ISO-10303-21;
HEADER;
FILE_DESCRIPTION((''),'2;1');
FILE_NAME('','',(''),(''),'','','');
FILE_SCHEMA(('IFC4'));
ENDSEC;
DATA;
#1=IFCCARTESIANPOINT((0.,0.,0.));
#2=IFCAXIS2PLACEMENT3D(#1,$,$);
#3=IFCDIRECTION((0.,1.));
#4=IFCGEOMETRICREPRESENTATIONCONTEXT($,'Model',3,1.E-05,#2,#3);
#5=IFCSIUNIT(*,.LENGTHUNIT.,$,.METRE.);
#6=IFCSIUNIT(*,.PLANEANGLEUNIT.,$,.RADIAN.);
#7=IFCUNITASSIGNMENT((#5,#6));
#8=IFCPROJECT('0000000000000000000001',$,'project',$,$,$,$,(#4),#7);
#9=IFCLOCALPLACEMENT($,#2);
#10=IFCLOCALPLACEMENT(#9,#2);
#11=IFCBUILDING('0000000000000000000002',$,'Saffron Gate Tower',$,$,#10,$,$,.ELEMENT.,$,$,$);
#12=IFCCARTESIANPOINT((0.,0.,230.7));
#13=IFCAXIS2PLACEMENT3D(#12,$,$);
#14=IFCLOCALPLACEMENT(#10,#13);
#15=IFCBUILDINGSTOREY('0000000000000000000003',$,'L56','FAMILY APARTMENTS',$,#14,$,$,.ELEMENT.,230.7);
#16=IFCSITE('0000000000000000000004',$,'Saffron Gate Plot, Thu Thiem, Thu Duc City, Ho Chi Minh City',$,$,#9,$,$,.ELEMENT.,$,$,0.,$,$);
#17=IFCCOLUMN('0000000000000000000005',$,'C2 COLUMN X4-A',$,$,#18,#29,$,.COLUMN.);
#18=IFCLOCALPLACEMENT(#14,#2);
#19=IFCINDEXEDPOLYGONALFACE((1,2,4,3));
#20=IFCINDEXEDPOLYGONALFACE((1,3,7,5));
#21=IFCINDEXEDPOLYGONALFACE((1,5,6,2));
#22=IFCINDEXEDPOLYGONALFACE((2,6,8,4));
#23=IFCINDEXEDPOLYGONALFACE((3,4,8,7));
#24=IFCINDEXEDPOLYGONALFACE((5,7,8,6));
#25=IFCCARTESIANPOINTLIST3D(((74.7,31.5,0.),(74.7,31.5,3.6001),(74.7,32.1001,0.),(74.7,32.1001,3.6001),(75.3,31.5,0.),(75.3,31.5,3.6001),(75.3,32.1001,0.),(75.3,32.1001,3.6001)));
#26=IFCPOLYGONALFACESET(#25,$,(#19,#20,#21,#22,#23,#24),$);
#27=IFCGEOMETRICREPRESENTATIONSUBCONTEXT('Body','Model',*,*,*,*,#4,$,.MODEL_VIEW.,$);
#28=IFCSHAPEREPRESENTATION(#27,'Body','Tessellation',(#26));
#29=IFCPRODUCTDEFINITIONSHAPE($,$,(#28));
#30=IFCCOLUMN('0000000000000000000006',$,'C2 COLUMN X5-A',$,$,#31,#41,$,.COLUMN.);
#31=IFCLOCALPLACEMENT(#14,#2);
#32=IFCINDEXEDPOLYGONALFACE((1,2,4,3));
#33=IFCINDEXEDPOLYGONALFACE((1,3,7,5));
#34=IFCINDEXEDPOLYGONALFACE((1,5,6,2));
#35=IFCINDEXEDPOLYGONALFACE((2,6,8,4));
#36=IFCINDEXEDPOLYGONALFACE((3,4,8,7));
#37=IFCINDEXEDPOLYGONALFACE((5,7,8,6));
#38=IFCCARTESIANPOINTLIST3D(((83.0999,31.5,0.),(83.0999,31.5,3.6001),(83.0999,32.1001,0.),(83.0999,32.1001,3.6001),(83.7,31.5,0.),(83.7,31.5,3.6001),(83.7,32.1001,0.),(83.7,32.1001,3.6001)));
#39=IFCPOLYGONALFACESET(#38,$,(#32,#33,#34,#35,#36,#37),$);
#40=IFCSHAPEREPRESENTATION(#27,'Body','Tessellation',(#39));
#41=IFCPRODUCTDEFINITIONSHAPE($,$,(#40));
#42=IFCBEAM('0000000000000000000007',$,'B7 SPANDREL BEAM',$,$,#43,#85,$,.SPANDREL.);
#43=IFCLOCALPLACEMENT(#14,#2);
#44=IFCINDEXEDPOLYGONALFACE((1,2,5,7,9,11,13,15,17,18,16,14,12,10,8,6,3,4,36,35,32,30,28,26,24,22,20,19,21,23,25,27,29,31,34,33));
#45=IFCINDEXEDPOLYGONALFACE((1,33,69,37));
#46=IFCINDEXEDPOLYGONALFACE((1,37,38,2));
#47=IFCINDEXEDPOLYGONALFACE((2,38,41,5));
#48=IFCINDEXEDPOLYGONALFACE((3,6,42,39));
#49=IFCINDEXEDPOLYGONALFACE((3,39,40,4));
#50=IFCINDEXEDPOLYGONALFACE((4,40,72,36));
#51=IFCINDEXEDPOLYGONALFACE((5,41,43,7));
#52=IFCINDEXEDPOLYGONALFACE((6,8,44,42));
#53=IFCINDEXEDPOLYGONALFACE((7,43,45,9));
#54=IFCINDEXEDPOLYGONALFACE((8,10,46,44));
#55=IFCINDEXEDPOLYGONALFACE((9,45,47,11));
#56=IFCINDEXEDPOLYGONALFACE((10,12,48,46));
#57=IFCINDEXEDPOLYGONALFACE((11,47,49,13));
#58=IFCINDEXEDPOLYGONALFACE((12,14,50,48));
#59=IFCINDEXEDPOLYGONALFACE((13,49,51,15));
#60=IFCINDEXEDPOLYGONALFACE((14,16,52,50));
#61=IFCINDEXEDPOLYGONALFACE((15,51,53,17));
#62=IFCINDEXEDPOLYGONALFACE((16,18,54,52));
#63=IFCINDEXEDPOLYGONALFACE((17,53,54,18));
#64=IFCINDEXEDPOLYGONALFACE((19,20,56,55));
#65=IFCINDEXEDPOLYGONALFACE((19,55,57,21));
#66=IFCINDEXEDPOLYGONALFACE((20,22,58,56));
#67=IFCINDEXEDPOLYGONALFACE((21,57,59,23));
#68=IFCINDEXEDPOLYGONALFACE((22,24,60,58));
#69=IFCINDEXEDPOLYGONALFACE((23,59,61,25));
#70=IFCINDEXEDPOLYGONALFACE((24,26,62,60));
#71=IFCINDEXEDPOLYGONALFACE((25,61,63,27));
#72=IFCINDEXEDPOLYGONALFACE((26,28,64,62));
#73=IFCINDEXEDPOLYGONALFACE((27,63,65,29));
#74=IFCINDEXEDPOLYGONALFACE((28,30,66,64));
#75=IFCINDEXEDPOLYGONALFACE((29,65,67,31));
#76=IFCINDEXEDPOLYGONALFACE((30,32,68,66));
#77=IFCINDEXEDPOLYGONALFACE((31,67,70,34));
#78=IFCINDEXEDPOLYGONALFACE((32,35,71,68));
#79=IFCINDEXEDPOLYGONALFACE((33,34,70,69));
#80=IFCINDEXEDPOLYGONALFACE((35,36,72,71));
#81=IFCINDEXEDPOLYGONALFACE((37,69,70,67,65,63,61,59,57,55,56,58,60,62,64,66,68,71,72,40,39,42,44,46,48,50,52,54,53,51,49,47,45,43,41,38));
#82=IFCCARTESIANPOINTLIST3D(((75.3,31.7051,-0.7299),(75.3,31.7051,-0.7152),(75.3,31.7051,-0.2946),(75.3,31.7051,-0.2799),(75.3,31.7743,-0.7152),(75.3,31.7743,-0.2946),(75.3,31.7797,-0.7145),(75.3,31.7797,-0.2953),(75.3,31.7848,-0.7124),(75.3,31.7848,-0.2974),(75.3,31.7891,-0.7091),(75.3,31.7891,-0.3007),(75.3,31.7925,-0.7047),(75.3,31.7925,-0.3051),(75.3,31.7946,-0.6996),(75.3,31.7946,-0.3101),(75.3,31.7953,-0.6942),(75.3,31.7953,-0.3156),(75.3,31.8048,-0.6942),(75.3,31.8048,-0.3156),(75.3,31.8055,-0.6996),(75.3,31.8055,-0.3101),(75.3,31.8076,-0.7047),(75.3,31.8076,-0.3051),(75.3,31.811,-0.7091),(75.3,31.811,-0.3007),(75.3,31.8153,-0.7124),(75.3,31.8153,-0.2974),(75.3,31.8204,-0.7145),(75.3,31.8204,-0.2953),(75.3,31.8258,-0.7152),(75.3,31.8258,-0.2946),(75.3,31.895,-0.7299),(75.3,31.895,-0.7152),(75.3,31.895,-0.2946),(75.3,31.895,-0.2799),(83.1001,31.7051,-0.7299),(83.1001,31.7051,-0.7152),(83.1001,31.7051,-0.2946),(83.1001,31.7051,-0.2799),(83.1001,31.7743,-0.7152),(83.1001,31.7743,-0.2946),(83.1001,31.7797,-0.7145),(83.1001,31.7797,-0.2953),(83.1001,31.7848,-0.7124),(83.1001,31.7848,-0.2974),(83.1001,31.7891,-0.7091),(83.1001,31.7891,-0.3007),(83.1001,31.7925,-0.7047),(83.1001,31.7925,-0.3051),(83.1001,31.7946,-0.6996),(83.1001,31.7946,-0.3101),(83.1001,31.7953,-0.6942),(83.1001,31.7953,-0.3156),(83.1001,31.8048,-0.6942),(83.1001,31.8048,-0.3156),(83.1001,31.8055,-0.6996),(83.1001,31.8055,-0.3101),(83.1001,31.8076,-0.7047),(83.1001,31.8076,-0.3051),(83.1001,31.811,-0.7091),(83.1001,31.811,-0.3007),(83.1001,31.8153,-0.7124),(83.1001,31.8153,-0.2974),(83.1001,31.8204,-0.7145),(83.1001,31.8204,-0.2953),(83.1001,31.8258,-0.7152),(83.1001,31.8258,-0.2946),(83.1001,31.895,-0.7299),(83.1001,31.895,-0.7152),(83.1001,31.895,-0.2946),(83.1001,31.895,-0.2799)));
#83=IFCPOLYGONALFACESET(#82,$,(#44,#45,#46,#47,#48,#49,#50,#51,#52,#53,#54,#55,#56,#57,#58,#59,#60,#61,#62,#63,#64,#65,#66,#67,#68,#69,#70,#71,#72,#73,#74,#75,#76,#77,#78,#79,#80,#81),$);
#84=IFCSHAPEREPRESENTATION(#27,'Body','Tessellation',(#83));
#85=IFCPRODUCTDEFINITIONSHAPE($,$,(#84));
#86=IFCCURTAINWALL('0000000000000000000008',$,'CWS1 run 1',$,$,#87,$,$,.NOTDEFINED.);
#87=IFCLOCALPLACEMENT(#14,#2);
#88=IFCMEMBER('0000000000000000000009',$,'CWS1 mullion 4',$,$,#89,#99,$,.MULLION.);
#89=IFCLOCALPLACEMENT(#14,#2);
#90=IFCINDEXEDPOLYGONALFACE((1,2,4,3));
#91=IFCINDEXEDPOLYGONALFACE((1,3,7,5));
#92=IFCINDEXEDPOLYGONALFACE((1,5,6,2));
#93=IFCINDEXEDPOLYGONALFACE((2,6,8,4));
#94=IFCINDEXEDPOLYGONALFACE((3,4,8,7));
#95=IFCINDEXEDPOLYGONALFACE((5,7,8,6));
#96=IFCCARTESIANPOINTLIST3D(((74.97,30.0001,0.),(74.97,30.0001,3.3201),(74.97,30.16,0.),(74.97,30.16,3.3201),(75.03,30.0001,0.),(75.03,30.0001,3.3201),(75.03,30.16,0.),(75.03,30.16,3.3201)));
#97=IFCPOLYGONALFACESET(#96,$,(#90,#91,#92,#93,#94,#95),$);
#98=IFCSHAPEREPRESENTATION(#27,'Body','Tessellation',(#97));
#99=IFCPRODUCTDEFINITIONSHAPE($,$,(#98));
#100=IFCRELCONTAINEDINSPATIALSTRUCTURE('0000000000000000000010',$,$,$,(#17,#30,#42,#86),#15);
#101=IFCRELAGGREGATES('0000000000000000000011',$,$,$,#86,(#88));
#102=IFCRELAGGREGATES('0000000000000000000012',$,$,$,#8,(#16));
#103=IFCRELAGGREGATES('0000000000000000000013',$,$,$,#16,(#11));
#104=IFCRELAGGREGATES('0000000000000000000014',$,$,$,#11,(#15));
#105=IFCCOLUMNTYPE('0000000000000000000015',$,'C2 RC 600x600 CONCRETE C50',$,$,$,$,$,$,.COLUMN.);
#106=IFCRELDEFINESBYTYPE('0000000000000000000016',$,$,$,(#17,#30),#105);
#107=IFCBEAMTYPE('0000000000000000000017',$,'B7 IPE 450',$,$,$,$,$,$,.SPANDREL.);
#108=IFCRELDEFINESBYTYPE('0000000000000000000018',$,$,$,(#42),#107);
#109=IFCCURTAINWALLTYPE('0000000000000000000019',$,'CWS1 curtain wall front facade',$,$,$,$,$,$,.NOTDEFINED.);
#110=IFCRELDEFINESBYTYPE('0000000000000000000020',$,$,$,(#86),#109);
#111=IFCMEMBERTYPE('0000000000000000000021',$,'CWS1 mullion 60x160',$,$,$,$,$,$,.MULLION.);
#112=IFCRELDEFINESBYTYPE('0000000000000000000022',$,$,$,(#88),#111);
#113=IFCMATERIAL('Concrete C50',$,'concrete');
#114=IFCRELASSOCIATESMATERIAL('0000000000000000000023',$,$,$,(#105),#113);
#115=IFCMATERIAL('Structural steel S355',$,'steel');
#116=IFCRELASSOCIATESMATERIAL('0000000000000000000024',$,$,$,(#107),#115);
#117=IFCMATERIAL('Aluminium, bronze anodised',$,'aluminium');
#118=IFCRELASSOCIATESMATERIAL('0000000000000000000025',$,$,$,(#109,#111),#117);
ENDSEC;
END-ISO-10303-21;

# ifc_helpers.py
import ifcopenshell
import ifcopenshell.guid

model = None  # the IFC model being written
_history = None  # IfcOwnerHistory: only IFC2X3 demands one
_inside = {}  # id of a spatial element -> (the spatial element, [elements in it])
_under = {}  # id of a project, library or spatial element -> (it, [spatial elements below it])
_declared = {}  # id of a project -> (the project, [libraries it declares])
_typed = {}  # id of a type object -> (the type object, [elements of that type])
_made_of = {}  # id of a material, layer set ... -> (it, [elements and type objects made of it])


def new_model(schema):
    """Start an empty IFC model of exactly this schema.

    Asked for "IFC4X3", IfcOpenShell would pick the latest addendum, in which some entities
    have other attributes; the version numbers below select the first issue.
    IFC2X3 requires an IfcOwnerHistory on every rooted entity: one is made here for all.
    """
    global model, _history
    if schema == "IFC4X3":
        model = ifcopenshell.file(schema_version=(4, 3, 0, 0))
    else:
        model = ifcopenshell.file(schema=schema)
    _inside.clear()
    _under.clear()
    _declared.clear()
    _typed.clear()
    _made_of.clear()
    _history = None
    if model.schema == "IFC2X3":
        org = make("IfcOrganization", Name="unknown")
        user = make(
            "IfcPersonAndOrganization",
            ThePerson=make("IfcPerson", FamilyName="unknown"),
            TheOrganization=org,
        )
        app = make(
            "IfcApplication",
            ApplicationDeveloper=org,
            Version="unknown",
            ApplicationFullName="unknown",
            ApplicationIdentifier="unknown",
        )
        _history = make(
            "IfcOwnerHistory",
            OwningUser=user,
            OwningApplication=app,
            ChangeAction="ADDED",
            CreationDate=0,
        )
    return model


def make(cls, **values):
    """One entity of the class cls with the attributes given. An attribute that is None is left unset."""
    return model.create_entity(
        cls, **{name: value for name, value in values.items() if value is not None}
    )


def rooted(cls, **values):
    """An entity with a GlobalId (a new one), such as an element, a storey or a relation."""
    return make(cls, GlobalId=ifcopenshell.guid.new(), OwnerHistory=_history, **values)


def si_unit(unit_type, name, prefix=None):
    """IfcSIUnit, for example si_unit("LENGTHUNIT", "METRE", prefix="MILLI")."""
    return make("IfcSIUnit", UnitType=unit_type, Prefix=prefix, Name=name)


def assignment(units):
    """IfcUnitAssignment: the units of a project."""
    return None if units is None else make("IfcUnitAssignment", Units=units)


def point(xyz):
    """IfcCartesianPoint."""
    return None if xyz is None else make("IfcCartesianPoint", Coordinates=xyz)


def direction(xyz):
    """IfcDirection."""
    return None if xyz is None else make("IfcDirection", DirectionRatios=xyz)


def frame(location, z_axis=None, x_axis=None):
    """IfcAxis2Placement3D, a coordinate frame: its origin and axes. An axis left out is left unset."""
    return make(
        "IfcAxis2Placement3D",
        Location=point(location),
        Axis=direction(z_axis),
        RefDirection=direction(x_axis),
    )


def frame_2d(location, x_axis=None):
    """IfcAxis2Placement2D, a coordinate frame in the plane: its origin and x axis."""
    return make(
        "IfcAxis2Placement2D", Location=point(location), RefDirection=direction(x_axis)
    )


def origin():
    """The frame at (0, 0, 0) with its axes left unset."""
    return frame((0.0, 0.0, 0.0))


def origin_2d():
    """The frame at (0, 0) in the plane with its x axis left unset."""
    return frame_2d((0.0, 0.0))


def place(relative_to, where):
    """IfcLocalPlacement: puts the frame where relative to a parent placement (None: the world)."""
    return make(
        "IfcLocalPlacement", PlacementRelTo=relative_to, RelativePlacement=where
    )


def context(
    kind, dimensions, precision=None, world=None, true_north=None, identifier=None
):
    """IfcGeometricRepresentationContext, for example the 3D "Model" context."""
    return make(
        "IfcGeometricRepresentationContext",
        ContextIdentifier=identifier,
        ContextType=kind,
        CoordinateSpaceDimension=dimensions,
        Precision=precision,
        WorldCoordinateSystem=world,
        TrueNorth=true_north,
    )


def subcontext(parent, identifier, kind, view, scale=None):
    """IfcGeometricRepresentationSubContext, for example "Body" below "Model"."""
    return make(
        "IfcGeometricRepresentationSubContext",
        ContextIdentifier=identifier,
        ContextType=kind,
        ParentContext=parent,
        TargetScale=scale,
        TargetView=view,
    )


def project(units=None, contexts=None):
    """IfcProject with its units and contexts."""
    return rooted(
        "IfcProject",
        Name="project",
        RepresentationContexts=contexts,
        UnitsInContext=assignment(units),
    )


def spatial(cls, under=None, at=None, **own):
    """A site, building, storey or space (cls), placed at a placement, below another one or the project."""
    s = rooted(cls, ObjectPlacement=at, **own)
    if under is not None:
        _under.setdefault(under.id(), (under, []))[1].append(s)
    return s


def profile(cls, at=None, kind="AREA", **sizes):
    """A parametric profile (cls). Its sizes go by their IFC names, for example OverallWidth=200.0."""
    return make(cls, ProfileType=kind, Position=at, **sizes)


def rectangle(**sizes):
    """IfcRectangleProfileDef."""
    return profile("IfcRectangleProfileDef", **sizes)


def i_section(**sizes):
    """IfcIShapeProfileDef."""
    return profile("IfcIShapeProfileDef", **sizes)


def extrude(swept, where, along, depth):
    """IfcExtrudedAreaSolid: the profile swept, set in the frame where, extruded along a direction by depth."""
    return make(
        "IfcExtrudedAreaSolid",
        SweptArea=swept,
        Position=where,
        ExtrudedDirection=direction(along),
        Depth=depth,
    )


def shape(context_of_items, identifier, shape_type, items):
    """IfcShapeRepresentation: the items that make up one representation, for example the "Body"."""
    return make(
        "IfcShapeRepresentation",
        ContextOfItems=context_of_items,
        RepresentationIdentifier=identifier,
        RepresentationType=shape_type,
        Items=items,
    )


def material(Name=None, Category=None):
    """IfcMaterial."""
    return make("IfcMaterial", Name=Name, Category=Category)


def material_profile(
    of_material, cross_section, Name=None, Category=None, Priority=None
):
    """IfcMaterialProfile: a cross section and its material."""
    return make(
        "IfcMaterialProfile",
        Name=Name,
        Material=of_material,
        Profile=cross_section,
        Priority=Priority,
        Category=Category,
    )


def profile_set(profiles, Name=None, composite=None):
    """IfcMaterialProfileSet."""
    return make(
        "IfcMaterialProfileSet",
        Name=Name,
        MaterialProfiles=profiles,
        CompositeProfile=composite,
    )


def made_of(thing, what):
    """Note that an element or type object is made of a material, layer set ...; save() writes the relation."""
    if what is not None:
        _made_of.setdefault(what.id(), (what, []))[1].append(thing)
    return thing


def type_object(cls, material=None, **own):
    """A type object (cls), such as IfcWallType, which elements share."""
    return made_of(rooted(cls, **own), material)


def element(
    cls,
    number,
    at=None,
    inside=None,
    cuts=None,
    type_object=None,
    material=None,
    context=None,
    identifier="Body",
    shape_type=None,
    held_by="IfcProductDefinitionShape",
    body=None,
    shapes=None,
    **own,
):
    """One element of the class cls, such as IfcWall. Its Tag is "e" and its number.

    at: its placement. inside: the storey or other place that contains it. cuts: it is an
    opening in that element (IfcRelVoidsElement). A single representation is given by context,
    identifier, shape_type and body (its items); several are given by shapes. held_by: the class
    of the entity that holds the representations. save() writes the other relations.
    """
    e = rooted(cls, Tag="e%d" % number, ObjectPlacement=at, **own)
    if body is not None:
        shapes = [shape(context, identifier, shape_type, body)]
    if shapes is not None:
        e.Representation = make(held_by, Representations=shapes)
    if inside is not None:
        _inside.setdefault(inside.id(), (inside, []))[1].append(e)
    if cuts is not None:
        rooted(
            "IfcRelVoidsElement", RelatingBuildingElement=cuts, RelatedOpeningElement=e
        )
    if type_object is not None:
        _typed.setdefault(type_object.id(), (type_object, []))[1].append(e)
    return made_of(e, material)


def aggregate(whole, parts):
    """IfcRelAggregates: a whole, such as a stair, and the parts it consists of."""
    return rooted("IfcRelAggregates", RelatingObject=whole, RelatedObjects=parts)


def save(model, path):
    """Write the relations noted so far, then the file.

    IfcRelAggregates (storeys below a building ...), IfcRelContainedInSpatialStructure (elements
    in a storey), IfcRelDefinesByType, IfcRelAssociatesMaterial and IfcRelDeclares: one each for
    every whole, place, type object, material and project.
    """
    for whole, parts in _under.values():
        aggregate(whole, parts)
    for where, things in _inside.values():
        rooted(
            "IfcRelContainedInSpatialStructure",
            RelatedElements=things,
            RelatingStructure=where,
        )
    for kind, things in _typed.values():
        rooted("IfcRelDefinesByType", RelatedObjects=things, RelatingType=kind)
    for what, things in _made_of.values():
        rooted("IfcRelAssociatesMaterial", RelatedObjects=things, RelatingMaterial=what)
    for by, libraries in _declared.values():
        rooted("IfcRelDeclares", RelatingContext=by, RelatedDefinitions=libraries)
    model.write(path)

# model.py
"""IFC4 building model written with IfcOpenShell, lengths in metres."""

from ifc_helpers import new_model, si_unit, direction, frame, origin, origin_2d, place, context, subcontext, project, spatial, rectangle, i_section, extrude, material, material_profile, profile_set, type_object, element, aggregate, save


model = new_model("IFC4")

# Units and contexts
model_context = context("Model", 3, precision=1e-05, world=origin(), true_north=direction((0.0, 1.0)))
body_context = subcontext(model_context, "Body", "Model", "MODEL_VIEW")
ifc_project = project(units=[si_unit("LENGTHUNIT", "METRE"), si_unit("PLANEANGLEUNIT", "RADIAN")], contexts=[model_context])

# Site, building, storey
site_placement = place(None, origin())
site = spatial("IfcSite", under=ifc_project, at=site_placement, Name="Saffron Gate Plot, Thu Thiem, Thu Duc City, Ho Chi Minh City", CompositionType="ELEMENT", RefElevation=0.0)
building_placement = place(site_placement, origin())
building = spatial("IfcBuilding", under=site, at=building_placement, Name="Saffron Gate Tower", CompositionType="ELEMENT")
storey_placement = place(building_placement, frame((0.0, 0.0, 230.7)))
storey = spatial("IfcBuildingStorey", under=building, at=storey_placement, Name="L56", Description="FAMILY APARTMENTS", CompositionType="ELEMENT", Elevation=230.7)

# Columns
ifc_material_1 = material(Name="Concrete C50", Category="concrete")
ifc_material_profile_1 = material_profile(ifc_material_1, rectangle(XDim=0.6001, YDim=0.6001, at=origin_2d()))
ifc_profile_set_1 = profile_set([ifc_material_profile_1], Name="Concrete C50")
column_type = type_object("IfcColumnType", Name="C2 RC 600x600 CONCRETE C50", PredefinedType="COLUMN", material=ifc_profile_set_1)
for number, where, z_axis, x_axis, name in (
    (1, (75.0, 31.8, 0.0), (0.0, 0.0, 1.0), (1.0, 0.0, 0.0), "C2 COLUMN X4-A"),
    (2, (83.3999, 31.8, 0.0), (0.0, 0.0, 1.0), (1.0, 0.0, 0.0), "C2 COLUMN X5-A"),
):
    element("IfcColumn", number, at=place(storey_placement, frame(where, z_axis=z_axis, x_axis=x_axis)), inside=storey, type_object=column_type, Name=name, PredefinedType="COLUMN", context=body_context, shape_type="SweptSolid", body=[
        extrude(rectangle(XDim=0.6001, YDim=0.6001, at=origin_2d()), origin(), (0.0, 0.0, 1.0), 3.6001),
    ])

# Beam
ifc_material_2 = material(Name="Structural steel S355", Category="steel")
ifc_material_profile_2 = material_profile(ifc_material_2, i_section(OverallWidth=0.1899, OverallDepth=0.45, WebThickness=0.0095, FlangeThickness=0.0146, FilletRadius=0.021, at=origin_2d()))
ifc_profile_set_2 = profile_set([ifc_material_profile_2], Name="Structural steel S355")
beam_type = type_object("IfcBeamType", Name="B7 IPE 450", PredefinedType="SPANDREL", material=ifc_profile_set_2)
beam_placement = place(storey_placement, frame((75.3, 31.8, -0.5049), z_axis=(1.0, 0.0, 0.0), x_axis=(0.0, 1.0, 0.0)))
element("IfcBeam", 3, at=beam_placement, inside=storey, type_object=beam_type, Name="B7 SPANDREL BEAM", PredefinedType="SPANDREL", context=body_context, shape_type="SweptSolid", body=[
    extrude(i_section(OverallWidth=0.1899, OverallDepth=0.45, WebThickness=0.0095, FlangeThickness=0.0146, FilletRadius=0.021, at=origin_2d()), origin(), (0.0, 0.0, 1.0), 7.8),
])

# Curtain wall, member
ifc_material_3 = material(Name="Aluminium, bronze anodised", Category="aluminium")
curtain_wall_type = type_object("IfcCurtainWallType", Name="CWS1 curtain wall front facade", PredefinedType="NOTDEFINED", material=ifc_material_3)
curtain_wall_placement = place(storey_placement, origin())
curtain_wall = element("IfcCurtainWall", 4, at=curtain_wall_placement, inside=storey, type_object=curtain_wall_type, Name="CWS1 run 1", PredefinedType="NOTDEFINED")
ifc_material_profile_3 = material_profile(ifc_material_3, rectangle(XDim=0.1599, YDim=0.0601, at=origin_2d()))
ifc_profile_set_3 = profile_set([ifc_material_profile_3], Name="Aluminium, bronze anodised")
member_type = type_object("IfcMemberType", Name="CWS1 mullion 60x160", PredefinedType="MULLION", material=ifc_profile_set_3)
member_placement = place(storey_placement, frame((75.0, 30.0801, 0.0), z_axis=(0.0, 0.0, 1.0), x_axis=(0.0, 1.0, 0.0)))
member = element("IfcMember", 5, at=member_placement, type_object=member_type, Name="CWS1 mullion 4", PredefinedType="MULLION", context=body_context, shape_type="SweptSolid", body=[
    extrude(rectangle(XDim=0.1599, YDim=0.0601, at=origin_2d()), origin(), (0.0, 0.0, 1.0), 3.3201),
])
aggregate(curtain_wall, [member])

save(model, "model.ifc")
